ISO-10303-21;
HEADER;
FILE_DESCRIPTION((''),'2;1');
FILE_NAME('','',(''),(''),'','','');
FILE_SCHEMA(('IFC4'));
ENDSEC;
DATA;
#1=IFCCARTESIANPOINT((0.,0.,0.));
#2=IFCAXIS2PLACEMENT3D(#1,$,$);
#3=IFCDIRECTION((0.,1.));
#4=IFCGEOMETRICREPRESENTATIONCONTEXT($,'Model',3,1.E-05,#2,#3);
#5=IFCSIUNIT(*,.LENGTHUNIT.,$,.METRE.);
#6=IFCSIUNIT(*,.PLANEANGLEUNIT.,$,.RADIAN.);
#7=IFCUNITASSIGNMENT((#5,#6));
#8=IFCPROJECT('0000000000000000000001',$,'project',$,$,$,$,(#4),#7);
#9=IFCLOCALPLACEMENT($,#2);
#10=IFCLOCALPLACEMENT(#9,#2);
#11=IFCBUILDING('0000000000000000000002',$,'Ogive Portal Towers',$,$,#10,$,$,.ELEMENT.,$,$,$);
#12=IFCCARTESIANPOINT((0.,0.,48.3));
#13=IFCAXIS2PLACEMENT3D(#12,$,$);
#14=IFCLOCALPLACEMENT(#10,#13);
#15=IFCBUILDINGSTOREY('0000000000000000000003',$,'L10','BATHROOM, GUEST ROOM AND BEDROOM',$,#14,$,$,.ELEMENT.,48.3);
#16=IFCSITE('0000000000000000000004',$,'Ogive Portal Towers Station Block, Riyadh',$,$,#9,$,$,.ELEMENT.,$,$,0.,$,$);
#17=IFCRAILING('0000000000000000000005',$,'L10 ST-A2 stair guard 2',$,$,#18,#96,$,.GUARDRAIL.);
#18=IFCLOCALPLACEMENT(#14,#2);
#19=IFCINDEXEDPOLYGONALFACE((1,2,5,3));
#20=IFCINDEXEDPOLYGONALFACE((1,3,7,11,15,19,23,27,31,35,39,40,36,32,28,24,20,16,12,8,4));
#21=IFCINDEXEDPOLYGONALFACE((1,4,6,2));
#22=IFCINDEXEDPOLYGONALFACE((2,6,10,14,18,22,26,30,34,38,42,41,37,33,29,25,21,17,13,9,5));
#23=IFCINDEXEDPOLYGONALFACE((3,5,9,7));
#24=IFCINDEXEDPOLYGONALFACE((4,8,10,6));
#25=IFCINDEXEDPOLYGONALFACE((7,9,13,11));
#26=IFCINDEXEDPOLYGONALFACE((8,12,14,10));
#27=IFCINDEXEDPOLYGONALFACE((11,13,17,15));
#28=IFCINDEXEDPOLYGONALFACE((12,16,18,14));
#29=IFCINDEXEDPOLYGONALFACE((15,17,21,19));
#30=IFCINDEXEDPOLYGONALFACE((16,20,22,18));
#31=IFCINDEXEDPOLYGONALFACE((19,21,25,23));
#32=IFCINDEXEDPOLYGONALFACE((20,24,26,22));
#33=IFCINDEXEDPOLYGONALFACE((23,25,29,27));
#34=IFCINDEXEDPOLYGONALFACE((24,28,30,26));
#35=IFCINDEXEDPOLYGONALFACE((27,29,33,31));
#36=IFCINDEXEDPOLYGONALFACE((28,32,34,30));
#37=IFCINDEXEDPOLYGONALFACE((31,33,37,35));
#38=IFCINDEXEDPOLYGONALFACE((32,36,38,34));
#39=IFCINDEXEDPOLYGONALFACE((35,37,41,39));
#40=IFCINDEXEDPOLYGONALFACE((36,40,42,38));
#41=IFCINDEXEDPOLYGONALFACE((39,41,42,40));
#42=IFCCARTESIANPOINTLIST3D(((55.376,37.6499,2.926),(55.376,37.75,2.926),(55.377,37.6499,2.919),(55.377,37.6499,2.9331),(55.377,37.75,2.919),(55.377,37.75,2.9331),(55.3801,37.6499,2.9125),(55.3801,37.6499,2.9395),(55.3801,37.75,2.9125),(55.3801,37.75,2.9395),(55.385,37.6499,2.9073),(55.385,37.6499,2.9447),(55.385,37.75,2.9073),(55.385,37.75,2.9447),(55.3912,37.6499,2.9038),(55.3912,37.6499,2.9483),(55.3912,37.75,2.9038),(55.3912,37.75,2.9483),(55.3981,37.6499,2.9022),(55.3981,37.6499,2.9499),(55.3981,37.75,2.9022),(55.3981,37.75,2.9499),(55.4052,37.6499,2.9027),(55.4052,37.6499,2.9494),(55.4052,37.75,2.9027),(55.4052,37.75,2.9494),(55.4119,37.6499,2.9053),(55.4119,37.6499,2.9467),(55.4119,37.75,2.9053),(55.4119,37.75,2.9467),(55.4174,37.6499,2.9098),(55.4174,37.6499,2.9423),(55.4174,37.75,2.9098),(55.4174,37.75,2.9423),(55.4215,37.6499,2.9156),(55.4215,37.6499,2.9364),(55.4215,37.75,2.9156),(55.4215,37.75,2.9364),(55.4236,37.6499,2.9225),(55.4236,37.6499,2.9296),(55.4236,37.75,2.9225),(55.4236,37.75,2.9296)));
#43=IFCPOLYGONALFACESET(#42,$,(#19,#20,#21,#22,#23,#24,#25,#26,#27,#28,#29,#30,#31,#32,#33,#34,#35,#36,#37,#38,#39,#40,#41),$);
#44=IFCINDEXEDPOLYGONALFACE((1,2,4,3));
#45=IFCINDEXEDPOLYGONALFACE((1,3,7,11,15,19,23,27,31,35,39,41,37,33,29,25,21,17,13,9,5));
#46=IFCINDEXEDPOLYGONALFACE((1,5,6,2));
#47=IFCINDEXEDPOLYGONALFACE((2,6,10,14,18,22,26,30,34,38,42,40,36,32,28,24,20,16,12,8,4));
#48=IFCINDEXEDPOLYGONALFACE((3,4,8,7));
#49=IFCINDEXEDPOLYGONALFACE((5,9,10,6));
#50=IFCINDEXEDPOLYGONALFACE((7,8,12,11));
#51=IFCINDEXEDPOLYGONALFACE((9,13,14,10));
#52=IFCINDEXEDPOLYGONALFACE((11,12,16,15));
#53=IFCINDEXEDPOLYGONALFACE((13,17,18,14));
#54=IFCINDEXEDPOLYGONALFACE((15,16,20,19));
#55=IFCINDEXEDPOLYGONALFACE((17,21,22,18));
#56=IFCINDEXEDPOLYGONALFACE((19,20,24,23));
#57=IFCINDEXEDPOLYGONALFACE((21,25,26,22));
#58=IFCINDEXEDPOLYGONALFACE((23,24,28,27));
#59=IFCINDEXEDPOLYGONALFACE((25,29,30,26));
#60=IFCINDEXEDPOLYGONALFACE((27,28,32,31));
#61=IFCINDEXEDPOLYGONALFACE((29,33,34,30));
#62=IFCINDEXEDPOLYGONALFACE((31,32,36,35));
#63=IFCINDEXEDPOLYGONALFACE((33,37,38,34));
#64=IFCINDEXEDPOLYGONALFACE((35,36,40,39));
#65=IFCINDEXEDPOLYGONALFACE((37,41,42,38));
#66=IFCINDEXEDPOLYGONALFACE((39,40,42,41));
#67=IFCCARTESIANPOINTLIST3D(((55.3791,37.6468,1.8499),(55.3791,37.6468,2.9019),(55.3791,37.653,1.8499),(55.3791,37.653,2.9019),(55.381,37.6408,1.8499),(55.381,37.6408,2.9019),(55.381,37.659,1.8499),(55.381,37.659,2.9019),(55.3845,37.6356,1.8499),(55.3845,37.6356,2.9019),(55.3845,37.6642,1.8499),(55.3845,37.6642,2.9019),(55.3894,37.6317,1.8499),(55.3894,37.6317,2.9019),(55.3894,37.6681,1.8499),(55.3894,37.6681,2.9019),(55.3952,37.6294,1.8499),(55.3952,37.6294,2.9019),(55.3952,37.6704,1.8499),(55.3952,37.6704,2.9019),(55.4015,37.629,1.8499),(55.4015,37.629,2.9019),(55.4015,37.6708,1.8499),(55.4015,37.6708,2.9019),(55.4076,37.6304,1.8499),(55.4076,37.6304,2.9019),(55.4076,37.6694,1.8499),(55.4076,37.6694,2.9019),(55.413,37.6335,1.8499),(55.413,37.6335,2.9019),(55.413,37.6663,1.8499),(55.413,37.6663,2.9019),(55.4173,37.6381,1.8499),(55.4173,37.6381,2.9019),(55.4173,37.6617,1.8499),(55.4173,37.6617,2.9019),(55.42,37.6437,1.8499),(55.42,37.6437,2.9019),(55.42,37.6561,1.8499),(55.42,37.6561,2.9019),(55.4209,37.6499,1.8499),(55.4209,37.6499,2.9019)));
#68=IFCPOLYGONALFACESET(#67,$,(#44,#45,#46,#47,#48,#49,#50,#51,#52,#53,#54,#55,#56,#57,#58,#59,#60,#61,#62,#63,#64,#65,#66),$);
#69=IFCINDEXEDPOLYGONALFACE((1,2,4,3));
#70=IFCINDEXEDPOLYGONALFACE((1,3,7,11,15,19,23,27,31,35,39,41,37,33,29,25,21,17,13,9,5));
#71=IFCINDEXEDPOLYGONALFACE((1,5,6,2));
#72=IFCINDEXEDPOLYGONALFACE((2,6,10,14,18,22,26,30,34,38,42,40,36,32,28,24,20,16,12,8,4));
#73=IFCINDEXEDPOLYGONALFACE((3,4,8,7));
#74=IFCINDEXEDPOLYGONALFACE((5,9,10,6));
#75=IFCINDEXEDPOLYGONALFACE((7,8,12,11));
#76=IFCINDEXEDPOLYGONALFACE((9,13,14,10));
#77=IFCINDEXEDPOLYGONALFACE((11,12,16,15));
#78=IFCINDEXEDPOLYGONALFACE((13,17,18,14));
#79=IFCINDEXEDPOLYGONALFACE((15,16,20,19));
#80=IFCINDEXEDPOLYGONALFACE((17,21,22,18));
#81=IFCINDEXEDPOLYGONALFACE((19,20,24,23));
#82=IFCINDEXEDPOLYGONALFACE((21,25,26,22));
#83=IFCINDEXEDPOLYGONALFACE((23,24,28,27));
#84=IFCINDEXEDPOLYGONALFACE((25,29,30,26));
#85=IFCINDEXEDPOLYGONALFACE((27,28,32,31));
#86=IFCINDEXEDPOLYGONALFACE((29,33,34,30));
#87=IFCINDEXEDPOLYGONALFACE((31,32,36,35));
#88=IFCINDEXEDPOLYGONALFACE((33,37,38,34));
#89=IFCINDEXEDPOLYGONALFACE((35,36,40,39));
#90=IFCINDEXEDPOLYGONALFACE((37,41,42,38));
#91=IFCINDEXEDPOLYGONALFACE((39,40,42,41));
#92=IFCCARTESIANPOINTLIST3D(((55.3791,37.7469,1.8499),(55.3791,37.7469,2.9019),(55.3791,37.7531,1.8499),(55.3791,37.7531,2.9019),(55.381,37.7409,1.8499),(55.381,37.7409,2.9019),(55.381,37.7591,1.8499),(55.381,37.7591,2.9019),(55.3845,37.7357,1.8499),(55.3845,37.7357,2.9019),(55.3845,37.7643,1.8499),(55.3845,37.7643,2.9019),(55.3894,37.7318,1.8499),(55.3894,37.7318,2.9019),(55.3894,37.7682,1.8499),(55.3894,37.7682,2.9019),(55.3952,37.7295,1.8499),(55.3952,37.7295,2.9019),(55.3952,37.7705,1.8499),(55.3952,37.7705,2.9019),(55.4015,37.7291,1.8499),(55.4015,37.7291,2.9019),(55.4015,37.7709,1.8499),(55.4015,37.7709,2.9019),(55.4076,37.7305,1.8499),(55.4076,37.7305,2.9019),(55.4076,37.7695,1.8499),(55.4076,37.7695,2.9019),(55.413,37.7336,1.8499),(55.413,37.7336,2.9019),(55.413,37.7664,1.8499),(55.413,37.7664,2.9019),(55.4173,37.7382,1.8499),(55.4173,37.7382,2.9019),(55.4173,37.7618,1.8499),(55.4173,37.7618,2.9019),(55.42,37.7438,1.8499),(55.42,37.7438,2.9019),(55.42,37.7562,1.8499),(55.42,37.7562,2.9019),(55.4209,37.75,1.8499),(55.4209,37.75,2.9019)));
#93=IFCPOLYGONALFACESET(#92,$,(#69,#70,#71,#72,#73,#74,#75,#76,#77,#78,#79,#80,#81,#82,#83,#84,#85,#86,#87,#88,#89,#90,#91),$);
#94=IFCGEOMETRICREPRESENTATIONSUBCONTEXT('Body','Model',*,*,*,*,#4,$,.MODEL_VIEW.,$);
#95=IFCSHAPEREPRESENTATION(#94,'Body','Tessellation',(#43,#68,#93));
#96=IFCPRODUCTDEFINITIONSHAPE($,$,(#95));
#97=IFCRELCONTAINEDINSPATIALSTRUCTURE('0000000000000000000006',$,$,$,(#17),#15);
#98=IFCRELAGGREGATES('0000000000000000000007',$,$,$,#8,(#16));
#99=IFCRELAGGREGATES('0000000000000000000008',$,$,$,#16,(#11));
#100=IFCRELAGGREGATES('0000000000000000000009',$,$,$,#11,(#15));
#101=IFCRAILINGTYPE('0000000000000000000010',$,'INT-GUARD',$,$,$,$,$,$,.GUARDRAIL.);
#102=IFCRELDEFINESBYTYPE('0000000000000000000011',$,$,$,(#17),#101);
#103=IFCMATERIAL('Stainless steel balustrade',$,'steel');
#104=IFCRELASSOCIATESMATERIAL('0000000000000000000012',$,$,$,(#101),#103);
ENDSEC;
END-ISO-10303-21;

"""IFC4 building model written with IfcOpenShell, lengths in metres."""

from ifc_helpers import new_model, si_unit, direction, frame, origin, origin_2d, place, context, subcontext, project, spatial, circle, extrude, material, type_object, element, save


model = new_model("IFC4")

# Units and contexts
model_context = context("Model", 3, precision=1e-05, world=origin(), true_north=direction((0.0, 1.0)))
body_context = subcontext(model_context, "Body", "Model", "MODEL_VIEW")
ifc_project = project(units=[si_unit("LENGTHUNIT", "METRE"), si_unit("PLANEANGLEUNIT", "RADIAN")], contexts=[model_context])

# Site, building, storey
site_placement = place(None, origin())
site = spatial("IfcSite", under=ifc_project, at=site_placement, Name="Ogive Portal Towers Station Block, Riyadh", CompositionType="ELEMENT", RefElevation=0.0)
building_placement = place(site_placement, origin())
building = spatial("IfcBuilding", under=site, at=building_placement, Name="Ogive Portal Towers", CompositionType="ELEMENT")
storey_placement = place(building_placement, frame((0.0, 0.0, 48.3)))
storey = spatial("IfcBuildingStorey", under=building, at=storey_placement, Name="L10", Description="BATHROOM, GUEST ROOM AND BEDROOM", CompositionType="ELEMENT", Elevation=48.3)

# Railing
ifc_material_1 = material(Name="Stainless steel balustrade", Category="steel")
railing_type_1 = type_object("IfcRailingType", Name="INT-GUARD", PredefinedType="GUARDRAIL", material=ifc_material_1)
railing_1_placement = place(storey_placement, frame((55.3999, 37.6499, 1.8499)))
element("IfcRailing", 1, at=railing_1_placement, inside=storey, type_object=railing_type_1, Name="L10 ST-A2 stair guard 2", PredefinedType="GUARDRAIL", context=body_context, shape_type="SweptSolid", body=[
    extrude(circle(Radius=0.0239, at=origin_2d()), frame((0.0, 0.0, 1.0762), z_axis=(0.0, 1.0, 0.0), x_axis=(-1.0, 0.0, 0.0)), (0.0, 0.0, 1.0), 0.1001),
    extrude(circle(Radius=0.021, at=origin_2d()), origin(), (0.0, 0.0, 1.0), 1.052),
    extrude(circle(Radius=0.021, at=origin_2d()), frame((0.0, 0.1001, 0.0)), (0.0, 0.0, 1.0), 1.052),
])

save(model, "model.ifc")
